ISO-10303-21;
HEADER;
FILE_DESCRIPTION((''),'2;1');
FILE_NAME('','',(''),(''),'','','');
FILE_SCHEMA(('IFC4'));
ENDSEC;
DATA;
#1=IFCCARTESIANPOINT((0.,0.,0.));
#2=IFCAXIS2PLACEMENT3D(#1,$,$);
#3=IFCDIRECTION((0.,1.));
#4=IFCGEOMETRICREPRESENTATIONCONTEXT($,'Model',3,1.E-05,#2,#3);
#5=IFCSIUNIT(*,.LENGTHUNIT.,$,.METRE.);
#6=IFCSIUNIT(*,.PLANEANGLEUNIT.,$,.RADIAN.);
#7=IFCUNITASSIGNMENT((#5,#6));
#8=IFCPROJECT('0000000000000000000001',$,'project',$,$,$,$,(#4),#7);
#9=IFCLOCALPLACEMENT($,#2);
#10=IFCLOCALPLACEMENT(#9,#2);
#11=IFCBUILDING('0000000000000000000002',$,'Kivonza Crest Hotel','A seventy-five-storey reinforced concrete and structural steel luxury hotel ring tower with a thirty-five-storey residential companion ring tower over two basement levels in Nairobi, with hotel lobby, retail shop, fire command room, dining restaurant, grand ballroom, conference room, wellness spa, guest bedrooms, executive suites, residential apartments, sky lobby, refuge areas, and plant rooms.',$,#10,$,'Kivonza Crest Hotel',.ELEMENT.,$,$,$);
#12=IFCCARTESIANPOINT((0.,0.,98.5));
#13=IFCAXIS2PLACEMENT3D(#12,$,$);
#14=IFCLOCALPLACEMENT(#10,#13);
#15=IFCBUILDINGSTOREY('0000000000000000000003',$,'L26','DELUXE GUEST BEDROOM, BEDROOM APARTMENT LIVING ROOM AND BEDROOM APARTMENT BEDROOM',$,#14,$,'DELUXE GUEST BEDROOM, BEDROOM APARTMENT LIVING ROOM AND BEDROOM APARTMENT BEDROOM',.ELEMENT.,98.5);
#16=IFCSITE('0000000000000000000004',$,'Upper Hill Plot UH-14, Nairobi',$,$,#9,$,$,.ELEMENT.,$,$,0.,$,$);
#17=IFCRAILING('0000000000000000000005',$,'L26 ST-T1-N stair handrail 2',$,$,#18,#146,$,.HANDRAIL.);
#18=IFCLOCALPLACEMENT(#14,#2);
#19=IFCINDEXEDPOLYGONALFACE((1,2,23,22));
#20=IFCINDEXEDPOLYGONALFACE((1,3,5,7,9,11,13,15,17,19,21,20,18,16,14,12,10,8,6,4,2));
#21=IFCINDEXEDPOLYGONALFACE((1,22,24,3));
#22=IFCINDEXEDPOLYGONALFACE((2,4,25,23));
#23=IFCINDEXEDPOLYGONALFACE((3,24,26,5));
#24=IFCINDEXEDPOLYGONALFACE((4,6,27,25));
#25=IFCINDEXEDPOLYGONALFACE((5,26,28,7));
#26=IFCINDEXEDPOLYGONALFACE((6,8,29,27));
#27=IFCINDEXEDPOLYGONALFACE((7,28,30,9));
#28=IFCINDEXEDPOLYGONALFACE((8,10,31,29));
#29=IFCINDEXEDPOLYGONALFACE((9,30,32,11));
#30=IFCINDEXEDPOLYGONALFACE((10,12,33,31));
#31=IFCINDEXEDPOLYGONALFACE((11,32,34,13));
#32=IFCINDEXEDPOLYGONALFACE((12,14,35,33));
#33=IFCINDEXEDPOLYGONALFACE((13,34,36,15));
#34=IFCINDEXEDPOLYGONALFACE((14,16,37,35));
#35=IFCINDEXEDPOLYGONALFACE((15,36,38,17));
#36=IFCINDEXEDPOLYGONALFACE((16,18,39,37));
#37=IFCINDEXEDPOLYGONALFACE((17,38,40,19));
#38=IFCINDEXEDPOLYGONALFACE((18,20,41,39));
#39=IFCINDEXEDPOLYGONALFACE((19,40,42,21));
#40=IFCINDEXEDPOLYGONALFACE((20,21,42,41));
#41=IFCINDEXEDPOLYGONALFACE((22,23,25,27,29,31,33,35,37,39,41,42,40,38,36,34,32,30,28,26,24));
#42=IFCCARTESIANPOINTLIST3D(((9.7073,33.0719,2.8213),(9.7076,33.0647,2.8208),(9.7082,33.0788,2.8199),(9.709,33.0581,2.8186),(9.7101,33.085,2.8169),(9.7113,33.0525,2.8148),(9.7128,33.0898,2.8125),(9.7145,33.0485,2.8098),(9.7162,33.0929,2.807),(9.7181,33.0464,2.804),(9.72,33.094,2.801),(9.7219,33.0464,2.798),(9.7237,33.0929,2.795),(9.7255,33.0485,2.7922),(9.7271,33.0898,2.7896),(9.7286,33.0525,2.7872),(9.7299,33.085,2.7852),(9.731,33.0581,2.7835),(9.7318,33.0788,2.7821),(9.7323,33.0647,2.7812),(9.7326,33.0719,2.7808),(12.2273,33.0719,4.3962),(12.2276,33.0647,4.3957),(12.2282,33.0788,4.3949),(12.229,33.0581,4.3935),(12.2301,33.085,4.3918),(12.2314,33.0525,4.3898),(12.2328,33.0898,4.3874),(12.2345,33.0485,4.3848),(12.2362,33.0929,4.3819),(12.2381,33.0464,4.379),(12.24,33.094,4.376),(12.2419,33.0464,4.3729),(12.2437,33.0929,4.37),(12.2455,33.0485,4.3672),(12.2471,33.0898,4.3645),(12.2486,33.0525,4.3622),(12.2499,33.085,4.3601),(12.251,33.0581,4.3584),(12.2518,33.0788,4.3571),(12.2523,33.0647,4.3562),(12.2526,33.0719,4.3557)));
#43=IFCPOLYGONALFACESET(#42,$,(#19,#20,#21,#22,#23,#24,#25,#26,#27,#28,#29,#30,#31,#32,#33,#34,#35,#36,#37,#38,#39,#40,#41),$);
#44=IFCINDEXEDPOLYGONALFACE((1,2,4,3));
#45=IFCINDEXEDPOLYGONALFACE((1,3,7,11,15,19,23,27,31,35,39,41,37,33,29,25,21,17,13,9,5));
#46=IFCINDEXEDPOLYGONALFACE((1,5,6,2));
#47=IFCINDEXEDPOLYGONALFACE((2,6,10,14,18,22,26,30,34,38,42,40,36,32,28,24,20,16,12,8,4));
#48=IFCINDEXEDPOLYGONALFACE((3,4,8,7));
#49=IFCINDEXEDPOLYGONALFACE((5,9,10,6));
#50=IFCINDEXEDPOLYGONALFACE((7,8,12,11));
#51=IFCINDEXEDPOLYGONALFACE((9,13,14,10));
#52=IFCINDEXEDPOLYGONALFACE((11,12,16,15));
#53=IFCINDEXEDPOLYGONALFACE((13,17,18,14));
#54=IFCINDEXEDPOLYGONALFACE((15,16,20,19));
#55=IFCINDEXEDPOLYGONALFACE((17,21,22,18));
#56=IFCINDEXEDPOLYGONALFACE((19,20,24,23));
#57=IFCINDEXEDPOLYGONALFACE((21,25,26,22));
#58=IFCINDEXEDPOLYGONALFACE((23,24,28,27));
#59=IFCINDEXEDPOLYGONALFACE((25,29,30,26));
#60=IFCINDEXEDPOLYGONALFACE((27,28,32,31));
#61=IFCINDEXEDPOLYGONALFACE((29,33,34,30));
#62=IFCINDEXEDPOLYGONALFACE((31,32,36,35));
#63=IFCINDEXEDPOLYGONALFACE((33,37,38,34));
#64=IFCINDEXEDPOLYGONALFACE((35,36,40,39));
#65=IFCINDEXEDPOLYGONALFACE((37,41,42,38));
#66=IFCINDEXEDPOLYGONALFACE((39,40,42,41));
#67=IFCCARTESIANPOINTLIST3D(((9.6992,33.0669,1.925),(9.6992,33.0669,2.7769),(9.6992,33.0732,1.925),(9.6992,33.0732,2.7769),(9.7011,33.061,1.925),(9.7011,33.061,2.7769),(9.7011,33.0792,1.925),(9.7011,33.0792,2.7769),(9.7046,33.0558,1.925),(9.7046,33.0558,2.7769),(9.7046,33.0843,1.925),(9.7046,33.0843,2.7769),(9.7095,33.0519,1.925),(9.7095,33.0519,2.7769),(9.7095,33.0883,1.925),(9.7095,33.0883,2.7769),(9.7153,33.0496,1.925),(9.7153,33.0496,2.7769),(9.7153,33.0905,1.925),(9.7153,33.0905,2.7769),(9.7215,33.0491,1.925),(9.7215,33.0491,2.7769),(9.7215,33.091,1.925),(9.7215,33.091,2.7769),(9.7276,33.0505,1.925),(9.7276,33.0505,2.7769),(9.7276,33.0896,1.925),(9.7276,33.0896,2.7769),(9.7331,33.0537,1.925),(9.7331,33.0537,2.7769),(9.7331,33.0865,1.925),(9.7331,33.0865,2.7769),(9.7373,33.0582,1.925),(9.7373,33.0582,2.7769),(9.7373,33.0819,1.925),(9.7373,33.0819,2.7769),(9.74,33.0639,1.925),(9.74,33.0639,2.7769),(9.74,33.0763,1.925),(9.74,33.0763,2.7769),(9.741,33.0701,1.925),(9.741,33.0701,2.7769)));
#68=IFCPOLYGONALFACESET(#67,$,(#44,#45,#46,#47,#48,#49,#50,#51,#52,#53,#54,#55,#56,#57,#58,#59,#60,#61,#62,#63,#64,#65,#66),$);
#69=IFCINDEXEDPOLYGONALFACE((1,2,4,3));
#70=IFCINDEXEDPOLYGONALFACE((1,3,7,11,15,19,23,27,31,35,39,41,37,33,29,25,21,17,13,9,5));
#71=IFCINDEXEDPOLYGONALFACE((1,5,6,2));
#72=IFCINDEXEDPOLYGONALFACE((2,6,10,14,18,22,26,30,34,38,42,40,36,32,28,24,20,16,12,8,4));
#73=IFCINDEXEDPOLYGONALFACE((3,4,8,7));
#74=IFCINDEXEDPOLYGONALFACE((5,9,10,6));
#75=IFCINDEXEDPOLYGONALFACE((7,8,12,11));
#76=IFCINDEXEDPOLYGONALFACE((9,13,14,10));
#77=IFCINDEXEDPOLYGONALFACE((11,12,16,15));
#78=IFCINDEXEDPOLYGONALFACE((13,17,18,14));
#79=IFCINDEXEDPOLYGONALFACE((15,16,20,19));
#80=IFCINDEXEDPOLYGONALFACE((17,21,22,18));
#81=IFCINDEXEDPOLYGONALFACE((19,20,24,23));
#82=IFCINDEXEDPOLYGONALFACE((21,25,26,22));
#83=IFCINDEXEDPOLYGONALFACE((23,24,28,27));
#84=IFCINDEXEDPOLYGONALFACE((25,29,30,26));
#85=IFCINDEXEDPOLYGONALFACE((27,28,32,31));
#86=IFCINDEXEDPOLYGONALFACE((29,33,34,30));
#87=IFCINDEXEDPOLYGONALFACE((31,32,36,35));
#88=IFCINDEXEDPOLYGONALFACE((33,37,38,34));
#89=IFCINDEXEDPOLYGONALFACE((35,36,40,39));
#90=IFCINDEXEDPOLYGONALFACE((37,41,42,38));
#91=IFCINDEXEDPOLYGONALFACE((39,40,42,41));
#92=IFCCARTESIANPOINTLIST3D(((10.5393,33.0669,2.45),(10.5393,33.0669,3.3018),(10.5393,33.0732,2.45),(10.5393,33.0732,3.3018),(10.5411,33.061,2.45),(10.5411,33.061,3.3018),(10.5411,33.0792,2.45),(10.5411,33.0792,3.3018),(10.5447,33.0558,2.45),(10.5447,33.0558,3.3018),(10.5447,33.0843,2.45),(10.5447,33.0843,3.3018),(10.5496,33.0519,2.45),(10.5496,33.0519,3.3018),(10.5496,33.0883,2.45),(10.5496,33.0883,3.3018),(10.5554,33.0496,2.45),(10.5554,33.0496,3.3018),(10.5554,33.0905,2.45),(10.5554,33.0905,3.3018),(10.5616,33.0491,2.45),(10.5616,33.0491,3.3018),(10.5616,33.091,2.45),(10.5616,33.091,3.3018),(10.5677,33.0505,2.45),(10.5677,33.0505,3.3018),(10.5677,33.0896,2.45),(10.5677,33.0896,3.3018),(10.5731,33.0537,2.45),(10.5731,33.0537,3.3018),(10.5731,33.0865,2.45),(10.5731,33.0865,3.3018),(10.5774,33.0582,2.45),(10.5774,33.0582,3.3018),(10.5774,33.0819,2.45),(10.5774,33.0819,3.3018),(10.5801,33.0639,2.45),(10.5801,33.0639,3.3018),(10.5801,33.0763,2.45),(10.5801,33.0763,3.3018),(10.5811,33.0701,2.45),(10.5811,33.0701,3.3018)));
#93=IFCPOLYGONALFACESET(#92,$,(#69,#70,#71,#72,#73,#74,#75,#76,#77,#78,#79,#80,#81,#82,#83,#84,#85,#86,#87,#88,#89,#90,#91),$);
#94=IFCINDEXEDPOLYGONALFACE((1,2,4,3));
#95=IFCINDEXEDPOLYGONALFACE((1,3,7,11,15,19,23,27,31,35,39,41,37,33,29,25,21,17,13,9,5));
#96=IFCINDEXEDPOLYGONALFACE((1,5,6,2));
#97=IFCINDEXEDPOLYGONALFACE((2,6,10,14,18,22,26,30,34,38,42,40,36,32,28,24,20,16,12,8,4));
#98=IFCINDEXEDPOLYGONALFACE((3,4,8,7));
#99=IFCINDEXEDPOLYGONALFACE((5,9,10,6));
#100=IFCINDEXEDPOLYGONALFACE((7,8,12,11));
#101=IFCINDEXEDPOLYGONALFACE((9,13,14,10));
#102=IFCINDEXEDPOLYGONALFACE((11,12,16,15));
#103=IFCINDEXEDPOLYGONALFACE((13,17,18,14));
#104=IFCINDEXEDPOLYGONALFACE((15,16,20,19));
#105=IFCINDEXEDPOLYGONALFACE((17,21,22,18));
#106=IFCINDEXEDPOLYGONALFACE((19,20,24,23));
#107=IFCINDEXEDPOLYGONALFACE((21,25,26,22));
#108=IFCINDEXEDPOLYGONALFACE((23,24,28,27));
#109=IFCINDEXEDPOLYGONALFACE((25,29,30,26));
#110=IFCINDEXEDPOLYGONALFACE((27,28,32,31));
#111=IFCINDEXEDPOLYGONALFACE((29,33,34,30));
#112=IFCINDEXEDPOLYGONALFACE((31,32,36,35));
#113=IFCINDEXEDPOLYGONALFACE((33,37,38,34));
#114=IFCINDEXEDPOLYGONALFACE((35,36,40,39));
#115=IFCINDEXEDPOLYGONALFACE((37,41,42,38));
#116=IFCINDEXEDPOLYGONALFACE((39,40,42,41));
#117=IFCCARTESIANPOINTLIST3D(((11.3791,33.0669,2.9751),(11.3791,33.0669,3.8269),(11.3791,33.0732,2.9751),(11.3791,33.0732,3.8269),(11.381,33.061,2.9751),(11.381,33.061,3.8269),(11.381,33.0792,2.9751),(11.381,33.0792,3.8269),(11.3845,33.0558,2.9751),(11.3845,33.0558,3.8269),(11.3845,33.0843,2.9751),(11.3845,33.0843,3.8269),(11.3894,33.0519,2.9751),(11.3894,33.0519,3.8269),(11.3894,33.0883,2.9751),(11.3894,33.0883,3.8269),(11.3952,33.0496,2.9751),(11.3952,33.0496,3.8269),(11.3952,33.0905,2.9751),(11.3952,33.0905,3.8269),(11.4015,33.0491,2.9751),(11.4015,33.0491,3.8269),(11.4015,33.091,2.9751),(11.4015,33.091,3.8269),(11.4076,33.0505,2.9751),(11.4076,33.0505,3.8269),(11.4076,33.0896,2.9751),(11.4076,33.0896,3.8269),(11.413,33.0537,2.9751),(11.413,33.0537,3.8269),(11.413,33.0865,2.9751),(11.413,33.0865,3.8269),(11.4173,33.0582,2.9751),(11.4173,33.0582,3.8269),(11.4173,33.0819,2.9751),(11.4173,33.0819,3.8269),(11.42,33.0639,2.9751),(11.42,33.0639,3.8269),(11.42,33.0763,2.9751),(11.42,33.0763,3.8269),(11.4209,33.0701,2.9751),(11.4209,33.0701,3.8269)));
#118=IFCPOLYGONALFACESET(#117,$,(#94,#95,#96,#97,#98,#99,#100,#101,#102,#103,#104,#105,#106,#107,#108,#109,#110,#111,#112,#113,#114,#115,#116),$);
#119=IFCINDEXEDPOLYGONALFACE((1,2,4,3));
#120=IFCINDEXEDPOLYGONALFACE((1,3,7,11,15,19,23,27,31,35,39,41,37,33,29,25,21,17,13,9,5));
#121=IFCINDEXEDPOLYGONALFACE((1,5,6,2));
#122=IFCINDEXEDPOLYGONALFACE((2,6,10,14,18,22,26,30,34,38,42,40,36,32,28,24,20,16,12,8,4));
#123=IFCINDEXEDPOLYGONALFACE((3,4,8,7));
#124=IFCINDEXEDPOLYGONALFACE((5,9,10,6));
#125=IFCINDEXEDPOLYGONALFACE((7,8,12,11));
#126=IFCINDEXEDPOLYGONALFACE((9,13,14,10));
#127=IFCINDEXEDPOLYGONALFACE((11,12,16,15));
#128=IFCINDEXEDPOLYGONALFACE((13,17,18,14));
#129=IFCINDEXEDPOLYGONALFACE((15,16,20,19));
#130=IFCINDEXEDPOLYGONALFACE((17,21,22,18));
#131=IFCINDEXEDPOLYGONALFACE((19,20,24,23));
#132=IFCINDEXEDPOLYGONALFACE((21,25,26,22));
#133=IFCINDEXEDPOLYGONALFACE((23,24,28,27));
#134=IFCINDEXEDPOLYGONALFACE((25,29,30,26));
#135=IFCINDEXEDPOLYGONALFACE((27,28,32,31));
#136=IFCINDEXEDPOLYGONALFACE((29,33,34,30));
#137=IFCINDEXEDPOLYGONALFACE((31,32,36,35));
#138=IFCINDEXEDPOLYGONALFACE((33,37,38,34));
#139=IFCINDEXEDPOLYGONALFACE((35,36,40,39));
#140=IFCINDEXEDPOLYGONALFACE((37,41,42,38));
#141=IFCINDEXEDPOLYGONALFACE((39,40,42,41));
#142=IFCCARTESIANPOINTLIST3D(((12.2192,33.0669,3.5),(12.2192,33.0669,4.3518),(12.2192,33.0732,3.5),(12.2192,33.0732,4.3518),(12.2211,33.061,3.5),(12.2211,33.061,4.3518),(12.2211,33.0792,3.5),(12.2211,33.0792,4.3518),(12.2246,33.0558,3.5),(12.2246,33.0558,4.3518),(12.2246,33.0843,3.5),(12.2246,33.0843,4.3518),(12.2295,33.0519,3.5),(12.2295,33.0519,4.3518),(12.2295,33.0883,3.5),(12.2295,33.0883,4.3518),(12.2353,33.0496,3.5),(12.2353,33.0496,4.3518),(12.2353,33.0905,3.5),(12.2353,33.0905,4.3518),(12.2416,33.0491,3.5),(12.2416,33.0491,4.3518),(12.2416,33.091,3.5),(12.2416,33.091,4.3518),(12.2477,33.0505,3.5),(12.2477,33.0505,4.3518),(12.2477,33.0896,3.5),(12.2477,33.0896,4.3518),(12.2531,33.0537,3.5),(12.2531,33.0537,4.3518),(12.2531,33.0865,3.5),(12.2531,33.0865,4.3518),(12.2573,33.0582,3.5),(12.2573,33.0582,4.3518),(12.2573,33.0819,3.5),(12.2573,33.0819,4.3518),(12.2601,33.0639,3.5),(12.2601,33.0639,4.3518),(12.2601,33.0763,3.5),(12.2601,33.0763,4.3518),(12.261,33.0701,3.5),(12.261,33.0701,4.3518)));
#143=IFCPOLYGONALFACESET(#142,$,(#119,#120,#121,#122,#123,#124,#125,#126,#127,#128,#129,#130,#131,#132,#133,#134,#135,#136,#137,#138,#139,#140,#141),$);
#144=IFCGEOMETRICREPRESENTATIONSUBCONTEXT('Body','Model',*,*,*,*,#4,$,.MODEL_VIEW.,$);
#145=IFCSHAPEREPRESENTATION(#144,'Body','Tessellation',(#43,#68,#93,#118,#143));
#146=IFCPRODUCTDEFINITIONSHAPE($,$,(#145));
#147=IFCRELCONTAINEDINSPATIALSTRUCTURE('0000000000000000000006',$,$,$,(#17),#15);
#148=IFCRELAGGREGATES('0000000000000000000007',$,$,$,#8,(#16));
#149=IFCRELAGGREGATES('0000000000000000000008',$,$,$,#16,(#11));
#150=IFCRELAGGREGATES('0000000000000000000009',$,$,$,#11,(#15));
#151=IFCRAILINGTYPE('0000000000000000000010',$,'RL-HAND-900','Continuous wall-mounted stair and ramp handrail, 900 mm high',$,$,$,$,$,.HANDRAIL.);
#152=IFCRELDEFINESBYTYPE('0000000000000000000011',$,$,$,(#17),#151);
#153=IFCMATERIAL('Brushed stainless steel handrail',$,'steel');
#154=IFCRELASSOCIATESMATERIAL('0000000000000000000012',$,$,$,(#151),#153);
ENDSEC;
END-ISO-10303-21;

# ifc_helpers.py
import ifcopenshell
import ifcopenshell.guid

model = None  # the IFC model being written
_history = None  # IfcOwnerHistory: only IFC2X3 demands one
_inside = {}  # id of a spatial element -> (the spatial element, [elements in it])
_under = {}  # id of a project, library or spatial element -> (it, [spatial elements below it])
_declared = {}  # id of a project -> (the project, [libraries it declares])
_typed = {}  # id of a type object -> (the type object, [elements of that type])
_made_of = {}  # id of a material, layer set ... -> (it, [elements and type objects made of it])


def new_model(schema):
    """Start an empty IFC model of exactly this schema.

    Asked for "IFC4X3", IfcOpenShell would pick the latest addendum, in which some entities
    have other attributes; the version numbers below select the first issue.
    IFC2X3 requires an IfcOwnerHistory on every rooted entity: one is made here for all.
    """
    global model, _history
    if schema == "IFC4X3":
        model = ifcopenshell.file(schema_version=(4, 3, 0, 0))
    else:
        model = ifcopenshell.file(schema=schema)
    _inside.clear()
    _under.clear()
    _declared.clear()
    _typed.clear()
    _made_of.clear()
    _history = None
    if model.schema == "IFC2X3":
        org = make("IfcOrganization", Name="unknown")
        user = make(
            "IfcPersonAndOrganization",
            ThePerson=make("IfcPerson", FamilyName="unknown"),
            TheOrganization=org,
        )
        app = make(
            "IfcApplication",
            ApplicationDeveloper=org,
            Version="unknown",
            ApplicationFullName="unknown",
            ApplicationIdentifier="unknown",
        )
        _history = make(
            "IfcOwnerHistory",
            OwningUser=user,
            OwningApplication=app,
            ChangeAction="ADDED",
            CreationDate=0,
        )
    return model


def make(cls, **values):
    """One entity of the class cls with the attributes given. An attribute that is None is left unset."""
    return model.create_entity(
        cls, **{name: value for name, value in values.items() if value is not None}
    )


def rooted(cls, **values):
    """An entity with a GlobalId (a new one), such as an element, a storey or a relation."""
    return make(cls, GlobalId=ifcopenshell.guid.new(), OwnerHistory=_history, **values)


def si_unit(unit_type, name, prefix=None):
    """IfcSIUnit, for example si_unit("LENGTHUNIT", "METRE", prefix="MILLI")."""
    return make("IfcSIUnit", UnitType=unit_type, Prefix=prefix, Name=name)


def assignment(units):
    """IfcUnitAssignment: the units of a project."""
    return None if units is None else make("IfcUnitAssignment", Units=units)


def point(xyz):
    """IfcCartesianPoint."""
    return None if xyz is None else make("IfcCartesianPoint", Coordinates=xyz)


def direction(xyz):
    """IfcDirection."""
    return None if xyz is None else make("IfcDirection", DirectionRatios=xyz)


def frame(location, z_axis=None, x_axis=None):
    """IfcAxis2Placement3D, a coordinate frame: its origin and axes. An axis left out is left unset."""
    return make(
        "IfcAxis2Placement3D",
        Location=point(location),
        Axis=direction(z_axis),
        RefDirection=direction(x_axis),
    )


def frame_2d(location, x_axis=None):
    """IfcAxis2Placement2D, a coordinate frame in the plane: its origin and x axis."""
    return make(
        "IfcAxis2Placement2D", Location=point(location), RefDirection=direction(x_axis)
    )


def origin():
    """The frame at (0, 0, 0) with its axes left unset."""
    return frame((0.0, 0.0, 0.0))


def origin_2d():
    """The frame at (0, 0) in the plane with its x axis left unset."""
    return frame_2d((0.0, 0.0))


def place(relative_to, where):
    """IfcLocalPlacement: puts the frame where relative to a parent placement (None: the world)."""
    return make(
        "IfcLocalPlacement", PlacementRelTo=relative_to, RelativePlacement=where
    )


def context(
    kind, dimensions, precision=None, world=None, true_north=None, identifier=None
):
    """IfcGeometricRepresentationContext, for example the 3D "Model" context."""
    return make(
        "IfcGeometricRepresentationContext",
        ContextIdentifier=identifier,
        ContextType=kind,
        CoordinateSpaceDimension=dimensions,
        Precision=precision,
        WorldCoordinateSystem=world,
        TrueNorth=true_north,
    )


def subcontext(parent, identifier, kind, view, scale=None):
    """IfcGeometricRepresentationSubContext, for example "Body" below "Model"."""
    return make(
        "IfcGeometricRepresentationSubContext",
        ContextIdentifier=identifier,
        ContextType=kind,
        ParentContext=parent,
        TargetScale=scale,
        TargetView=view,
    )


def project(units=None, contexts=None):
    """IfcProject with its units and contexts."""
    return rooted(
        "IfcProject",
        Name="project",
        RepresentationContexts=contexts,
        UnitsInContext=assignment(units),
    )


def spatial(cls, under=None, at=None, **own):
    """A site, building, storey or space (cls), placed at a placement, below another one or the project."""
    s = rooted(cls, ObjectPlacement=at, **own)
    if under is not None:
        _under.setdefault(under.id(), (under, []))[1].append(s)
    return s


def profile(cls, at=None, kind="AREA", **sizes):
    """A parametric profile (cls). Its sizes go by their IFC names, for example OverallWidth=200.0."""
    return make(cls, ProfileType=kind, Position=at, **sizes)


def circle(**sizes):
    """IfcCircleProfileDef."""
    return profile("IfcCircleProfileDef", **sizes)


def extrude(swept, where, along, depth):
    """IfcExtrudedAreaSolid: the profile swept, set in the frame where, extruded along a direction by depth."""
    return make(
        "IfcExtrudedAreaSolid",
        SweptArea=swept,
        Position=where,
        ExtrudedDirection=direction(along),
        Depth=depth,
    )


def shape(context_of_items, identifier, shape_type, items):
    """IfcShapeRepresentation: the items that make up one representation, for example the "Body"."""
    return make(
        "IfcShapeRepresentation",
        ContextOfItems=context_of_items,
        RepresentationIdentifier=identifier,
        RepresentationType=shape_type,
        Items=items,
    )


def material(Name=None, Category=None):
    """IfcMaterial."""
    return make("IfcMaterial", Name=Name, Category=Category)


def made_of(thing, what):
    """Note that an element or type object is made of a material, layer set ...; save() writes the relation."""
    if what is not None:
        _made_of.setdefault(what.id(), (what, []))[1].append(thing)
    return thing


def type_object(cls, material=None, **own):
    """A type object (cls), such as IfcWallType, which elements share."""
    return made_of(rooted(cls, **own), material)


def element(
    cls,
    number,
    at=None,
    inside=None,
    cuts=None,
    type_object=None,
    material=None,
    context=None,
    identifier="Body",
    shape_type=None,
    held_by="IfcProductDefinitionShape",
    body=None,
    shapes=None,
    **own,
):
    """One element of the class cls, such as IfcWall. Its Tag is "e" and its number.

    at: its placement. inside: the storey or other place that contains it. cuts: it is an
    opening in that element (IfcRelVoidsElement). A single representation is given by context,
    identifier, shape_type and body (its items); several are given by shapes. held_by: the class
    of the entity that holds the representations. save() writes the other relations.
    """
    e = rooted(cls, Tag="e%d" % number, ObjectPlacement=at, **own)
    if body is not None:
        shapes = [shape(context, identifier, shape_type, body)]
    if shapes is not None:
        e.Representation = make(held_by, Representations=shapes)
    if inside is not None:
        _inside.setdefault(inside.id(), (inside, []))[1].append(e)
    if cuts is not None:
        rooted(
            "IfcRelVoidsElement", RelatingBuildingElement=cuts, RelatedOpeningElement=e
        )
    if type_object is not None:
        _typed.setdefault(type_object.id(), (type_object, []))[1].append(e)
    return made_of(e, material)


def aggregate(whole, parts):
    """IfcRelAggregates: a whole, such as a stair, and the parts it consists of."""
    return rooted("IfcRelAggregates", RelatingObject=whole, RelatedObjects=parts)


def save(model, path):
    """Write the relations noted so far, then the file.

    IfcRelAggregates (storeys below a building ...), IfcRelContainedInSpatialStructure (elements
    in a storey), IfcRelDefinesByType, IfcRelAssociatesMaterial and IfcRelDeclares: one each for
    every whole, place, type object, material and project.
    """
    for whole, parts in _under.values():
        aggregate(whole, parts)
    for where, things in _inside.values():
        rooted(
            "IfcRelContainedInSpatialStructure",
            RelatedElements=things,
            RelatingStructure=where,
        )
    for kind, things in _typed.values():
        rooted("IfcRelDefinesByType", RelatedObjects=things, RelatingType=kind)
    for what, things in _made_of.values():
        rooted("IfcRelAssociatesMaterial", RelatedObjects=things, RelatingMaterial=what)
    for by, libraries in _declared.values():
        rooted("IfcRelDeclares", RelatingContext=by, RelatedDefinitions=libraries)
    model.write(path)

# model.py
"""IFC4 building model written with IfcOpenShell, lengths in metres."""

from ifc_helpers import new_model, si_unit, direction, frame, origin, origin_2d, place, context, subcontext, project, spatial, circle, extrude, material, type_object, element, save


model = new_model("IFC4")

# Units and contexts
model_context = context("Model", 3, precision=1e-05, world=origin(), true_north=direction((0.0, 1.0)))
body_context = subcontext(model_context, "Body", "Model", "MODEL_VIEW")
ifc_project = project(units=[si_unit("LENGTHUNIT", "METRE"), si_unit("PLANEANGLEUNIT", "RADIAN")], contexts=[model_context])

# Site, building, storey
site_placement = place(None, origin())
site = spatial("IfcSite", under=ifc_project, at=site_placement, Name="Upper Hill Plot UH-14, Nairobi", CompositionType="ELEMENT", RefElevation=0.0)
building_placement = place(site_placement, origin())
building = spatial("IfcBuilding", under=site, at=building_placement, Name="Kivonza Crest Hotel", Description="A seventy-five-storey reinforced concrete and structural steel luxury hotel ring tower with a thirty-five-storey residential companion ring tower over two basement levels in Nairobi, with hotel lobby, retail shop, fire command room, dining restaurant, grand ballroom, conference room, wellness spa, guest bedrooms, executive suites, residential apartments, sky lobby, refuge areas, and plant rooms.", LongName="Kivonza Crest Hotel", CompositionType="ELEMENT")
storey_placement = place(building_placement, frame((0.0, 0.0, 98.5)))
storey = spatial("IfcBuildingStorey", under=building, at=storey_placement, Name="L26", Description="DELUXE GUEST BEDROOM, BEDROOM APARTMENT LIVING ROOM AND BEDROOM APARTMENT BEDROOM", LongName="DELUXE GUEST BEDROOM, BEDROOM APARTMENT LIVING ROOM AND BEDROOM APARTMENT BEDROOM", CompositionType="ELEMENT", Elevation=98.5)

# Railing
ifc_material_1 = material(Name="Brushed stainless steel handrail", Category="steel")
railing_type_1 = type_object("IfcRailingType", Name="RL-HAND-900", Description="Continuous wall-mounted stair and ramp handrail, 900 mm high", PredefinedType="HANDRAIL", material=ifc_material_1)
railing_1_placement = place(storey_placement, frame((9.72, 33.0701, 1.925)))
element("IfcRailing", 1, at=railing_1_placement, inside=storey, type_object=railing_type_1, Name="L26 ST-T1-N stair handrail 2", PredefinedType="HANDRAIL", context=body_context, shape_type="SweptSolid", body=[
    extrude(circle(Radius=0.0239, at=origin_2d()), frame((0.0, 0.0, 0.876), z_axis=(0.848008, 0.0, 0.529984), x_axis=(0.0, 1.0, 0.0)), (0.0, 0.0, 1.0), 2.9717),
    extrude(circle(Radius=0.021, at=origin_2d()), origin(), (0.0, 0.0, 1.0), 0.8518),
    extrude(circle(Radius=0.021, at=origin_2d()), frame((0.8401, 0.0, 0.5249)), (0.0, 0.0, 1.0), 0.8518),
    extrude(circle(Radius=0.021, at=origin_2d()), frame((1.6799, 0.0, 1.05)), (0.0, 0.0, 1.0), 0.8518),
    extrude(circle(Radius=0.021, at=origin_2d()), frame((2.52, 0.0, 1.575)), (0.0, 0.0, 1.0), 0.8518),
])

save(model, "model.ifc")
